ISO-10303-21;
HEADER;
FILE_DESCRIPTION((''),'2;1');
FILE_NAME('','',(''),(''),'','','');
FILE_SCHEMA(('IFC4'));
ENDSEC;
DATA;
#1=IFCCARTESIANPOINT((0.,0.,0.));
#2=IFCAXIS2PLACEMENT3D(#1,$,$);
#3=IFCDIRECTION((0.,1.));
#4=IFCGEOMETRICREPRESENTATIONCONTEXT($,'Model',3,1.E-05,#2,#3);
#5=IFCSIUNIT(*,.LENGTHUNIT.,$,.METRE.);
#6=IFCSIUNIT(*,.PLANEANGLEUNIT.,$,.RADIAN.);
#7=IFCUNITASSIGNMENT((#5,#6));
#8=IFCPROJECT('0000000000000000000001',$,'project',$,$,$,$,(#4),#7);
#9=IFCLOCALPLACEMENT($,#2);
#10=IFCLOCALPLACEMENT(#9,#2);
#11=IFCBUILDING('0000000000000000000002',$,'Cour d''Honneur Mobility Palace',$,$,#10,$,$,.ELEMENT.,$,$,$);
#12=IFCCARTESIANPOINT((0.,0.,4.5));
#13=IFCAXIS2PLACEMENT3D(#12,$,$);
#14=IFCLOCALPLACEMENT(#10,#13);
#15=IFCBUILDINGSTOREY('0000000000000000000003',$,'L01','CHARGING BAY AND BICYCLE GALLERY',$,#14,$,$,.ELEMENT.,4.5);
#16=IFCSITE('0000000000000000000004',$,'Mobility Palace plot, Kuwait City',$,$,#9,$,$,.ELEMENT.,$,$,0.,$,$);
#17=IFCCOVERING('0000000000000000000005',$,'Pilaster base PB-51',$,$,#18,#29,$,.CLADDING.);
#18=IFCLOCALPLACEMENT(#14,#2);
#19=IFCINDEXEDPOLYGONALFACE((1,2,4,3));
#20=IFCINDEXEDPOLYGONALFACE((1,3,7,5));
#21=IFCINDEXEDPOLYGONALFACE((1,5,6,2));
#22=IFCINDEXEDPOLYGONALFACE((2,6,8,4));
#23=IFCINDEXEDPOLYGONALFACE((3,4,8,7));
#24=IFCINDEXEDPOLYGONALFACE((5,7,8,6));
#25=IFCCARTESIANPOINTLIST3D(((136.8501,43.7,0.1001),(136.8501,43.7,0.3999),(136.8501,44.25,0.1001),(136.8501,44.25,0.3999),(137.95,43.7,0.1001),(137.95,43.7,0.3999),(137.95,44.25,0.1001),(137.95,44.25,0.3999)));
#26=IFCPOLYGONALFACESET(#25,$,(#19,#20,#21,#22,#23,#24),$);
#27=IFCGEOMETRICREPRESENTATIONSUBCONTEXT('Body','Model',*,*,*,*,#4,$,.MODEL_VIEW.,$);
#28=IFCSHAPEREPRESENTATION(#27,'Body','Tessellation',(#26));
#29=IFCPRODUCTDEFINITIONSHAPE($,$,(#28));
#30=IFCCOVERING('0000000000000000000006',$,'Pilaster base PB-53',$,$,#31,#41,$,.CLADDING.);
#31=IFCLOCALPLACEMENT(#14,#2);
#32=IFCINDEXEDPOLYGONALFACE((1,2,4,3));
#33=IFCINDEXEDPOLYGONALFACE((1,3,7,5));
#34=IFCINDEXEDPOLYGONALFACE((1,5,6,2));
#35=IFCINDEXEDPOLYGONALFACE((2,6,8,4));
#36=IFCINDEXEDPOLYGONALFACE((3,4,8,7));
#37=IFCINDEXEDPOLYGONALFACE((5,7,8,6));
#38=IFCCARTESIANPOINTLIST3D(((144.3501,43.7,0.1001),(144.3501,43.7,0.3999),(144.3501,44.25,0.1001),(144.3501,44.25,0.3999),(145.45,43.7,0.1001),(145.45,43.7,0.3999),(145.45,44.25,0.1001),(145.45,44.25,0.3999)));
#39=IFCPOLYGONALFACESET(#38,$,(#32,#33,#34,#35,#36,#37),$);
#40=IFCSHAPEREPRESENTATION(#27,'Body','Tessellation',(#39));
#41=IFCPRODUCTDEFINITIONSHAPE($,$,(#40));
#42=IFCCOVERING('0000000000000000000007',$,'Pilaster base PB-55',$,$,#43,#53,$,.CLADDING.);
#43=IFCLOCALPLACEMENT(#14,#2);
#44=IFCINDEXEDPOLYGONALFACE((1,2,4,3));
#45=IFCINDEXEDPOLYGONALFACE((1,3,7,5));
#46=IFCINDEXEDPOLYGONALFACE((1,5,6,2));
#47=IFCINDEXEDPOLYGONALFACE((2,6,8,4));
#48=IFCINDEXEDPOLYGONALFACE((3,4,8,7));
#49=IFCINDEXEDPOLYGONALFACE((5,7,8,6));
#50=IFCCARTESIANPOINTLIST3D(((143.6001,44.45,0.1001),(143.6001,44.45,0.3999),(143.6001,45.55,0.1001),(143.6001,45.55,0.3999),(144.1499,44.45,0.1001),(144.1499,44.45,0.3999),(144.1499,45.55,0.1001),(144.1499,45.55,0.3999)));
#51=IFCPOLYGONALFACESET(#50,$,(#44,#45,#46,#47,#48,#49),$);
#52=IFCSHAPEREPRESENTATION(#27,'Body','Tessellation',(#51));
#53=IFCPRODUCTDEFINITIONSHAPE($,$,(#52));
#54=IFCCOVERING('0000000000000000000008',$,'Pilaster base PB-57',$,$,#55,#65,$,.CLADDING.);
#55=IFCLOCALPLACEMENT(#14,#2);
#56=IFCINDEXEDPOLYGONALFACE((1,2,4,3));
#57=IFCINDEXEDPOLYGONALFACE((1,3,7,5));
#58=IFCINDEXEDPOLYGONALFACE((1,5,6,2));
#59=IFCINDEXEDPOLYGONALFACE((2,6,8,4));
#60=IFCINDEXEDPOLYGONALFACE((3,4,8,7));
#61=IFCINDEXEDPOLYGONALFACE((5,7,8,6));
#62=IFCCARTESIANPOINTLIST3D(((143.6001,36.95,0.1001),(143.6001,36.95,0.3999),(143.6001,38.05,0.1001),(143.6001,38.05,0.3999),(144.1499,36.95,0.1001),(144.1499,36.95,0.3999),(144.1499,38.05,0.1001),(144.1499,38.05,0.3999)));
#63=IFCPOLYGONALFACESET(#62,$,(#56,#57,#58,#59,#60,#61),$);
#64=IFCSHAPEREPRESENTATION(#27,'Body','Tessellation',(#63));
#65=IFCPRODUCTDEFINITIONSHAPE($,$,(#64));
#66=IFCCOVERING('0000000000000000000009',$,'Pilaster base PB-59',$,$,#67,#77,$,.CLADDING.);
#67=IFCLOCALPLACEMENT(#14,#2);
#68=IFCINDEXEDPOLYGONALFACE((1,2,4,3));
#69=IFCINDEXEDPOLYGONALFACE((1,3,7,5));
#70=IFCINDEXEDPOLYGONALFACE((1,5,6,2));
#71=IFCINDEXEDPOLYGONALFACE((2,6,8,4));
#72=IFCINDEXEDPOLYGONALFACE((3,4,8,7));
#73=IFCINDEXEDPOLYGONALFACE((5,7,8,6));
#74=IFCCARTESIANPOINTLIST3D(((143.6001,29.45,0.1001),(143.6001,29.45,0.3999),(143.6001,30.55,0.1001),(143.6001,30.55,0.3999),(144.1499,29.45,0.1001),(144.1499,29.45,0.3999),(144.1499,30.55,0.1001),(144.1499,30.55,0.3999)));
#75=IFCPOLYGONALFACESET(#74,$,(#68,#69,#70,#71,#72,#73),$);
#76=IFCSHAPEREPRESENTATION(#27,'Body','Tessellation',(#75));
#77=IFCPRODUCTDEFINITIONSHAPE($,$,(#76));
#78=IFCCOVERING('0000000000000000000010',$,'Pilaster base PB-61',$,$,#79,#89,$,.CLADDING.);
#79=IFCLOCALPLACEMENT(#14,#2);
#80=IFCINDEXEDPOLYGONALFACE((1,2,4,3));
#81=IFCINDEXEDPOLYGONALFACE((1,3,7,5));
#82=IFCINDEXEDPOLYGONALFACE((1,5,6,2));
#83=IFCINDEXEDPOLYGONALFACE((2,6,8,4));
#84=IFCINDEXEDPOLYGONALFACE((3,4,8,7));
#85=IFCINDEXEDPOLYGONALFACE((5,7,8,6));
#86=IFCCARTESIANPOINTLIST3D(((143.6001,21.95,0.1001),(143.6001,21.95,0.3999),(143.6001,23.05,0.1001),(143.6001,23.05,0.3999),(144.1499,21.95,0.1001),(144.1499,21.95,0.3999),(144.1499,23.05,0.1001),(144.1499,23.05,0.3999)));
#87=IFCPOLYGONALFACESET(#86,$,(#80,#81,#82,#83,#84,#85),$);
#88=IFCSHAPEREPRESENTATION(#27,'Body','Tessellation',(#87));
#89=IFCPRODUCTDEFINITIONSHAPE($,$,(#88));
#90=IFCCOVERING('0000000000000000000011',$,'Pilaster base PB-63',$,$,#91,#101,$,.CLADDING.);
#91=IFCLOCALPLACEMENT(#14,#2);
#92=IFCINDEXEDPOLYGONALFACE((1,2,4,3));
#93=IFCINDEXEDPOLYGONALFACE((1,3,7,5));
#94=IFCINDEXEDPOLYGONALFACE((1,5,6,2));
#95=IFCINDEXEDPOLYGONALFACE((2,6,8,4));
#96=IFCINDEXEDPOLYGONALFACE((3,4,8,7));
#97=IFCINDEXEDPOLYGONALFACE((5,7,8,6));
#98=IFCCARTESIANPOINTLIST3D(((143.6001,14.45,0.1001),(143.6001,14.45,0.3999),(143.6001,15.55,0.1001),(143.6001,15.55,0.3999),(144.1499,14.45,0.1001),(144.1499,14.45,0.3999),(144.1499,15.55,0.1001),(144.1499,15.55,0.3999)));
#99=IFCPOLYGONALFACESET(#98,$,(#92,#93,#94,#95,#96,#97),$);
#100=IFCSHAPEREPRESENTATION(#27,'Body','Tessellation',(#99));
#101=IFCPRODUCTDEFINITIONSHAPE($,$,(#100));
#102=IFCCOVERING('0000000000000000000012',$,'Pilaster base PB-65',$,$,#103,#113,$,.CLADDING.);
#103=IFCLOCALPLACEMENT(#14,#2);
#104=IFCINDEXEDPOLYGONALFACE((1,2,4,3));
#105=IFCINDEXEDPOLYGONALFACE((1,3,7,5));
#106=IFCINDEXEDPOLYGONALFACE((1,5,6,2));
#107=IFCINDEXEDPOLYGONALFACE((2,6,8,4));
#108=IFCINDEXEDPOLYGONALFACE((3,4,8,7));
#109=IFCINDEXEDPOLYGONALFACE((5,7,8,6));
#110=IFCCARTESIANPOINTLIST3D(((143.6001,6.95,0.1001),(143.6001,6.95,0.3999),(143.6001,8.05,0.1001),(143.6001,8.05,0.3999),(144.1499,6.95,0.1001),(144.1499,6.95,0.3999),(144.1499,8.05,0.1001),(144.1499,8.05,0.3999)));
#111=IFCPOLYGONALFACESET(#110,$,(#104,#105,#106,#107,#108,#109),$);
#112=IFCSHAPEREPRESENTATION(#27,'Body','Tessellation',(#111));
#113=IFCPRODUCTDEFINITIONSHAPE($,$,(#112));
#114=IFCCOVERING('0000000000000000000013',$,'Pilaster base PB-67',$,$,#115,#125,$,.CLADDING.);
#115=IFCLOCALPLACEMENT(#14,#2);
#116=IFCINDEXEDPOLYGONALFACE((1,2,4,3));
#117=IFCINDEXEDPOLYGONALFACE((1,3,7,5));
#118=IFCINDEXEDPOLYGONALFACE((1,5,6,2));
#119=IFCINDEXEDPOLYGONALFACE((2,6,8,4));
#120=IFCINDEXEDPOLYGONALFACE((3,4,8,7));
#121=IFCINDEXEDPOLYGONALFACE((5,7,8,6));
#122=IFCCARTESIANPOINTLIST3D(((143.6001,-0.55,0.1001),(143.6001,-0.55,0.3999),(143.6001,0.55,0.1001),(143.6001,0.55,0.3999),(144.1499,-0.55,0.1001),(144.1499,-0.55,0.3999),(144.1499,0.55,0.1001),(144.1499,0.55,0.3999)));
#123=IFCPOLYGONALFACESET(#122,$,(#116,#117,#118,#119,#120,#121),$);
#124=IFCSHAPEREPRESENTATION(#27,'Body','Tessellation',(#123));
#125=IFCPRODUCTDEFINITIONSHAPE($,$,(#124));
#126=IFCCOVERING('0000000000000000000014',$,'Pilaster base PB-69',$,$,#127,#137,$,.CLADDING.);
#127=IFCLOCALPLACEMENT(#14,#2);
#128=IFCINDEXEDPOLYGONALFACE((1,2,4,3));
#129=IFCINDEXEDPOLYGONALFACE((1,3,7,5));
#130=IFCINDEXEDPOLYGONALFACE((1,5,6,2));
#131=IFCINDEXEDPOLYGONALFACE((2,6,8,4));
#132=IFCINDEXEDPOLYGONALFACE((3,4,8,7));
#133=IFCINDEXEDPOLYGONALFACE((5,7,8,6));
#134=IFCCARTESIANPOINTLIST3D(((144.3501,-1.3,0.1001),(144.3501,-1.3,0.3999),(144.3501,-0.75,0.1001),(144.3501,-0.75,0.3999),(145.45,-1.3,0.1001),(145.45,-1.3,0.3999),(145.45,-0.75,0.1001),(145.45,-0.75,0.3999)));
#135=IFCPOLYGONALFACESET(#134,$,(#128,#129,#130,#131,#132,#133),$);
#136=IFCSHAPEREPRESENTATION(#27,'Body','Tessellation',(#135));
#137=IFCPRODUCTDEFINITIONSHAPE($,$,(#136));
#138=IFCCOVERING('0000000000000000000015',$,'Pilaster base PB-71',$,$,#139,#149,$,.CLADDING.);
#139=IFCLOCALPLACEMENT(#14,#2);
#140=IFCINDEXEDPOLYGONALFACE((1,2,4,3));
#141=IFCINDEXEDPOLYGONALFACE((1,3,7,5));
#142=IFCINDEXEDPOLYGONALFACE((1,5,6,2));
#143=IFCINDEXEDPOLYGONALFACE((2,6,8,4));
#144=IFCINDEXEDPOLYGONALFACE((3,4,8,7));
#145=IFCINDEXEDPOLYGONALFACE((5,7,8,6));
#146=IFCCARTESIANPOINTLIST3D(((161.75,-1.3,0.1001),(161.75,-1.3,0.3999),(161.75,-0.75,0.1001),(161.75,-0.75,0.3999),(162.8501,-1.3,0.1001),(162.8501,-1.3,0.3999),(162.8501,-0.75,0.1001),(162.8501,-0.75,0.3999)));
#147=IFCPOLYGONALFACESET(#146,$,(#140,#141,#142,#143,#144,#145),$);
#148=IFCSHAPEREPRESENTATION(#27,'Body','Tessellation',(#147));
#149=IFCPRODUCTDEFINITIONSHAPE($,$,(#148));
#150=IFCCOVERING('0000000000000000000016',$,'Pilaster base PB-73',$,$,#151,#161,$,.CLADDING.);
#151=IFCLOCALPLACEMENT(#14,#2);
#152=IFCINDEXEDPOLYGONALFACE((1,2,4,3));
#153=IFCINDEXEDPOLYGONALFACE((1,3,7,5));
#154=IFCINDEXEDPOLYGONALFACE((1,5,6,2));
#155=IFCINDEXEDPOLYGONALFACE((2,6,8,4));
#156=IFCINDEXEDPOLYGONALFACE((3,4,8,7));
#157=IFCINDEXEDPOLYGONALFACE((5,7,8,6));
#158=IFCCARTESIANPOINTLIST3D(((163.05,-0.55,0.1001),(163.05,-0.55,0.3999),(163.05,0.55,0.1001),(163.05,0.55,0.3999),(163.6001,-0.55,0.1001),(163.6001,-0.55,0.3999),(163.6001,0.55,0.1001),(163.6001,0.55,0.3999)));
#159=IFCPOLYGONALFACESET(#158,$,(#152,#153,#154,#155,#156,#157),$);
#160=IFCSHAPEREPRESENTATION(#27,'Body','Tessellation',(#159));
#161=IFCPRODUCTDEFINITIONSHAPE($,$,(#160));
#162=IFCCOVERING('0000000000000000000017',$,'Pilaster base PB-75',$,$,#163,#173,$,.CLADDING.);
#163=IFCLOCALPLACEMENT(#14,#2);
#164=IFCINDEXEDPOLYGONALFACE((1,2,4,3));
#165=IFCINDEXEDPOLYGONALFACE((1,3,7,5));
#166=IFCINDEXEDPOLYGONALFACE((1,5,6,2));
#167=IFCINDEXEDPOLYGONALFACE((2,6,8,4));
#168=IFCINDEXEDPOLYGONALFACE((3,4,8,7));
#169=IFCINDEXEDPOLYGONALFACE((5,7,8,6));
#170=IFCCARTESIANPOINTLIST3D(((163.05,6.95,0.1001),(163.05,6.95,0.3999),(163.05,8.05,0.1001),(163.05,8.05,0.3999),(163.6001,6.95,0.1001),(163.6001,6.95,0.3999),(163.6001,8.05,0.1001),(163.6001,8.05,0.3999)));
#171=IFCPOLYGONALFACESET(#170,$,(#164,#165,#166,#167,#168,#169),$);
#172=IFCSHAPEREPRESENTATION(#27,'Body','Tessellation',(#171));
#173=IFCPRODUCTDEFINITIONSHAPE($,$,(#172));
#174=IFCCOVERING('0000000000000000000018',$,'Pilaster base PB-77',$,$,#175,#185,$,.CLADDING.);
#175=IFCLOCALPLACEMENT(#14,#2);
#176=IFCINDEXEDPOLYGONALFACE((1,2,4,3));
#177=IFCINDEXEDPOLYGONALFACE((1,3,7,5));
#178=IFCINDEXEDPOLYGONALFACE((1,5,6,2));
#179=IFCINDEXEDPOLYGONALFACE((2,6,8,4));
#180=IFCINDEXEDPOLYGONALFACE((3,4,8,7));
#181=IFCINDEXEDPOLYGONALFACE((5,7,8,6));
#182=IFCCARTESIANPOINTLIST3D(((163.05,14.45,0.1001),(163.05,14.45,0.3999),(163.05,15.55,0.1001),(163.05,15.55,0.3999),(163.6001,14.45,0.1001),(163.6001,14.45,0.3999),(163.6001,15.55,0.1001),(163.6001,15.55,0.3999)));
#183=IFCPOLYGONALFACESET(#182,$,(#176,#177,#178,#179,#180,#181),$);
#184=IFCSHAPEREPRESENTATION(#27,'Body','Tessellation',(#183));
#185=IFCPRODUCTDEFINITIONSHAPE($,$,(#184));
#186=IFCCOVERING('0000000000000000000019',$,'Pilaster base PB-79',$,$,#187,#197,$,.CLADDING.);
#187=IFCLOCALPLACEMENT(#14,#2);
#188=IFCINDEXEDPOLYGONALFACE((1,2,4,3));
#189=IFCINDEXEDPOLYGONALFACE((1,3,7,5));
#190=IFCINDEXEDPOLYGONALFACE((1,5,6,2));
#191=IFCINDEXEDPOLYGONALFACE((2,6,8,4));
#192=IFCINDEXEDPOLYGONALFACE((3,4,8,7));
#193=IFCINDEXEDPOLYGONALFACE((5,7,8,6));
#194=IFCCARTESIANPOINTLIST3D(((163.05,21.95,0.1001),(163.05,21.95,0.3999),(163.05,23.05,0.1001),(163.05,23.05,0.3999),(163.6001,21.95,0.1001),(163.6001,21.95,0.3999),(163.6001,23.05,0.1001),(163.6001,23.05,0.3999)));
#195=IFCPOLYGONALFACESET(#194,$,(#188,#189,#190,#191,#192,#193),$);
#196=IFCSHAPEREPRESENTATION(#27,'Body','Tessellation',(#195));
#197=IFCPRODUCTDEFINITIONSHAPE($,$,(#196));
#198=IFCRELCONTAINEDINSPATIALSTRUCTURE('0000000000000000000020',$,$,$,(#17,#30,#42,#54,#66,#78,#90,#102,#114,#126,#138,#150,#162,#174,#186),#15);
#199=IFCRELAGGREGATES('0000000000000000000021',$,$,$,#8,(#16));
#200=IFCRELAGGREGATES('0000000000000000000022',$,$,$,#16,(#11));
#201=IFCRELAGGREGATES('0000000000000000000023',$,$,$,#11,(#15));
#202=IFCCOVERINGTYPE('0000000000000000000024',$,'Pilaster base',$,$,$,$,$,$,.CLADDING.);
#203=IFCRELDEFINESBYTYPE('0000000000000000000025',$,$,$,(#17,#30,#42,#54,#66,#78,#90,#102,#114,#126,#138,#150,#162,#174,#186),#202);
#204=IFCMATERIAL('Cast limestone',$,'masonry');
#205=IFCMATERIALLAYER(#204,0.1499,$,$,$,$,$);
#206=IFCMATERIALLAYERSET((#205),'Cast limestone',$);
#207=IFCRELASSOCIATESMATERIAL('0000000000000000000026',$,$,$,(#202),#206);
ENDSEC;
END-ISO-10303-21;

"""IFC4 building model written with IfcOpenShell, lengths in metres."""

from ifc_helpers import new_model, si_unit, direction, frame, origin, place, context, subcontext, project, spatial, polyline, outline, extrude, material, layer, layer_set, type_object, element, save


model = new_model("IFC4")

# Units and contexts
model_context = context("Model", 3, precision=1e-05, world=origin(), true_north=direction((0.0, 1.0)))
body_context = subcontext(model_context, "Body", "Model", "MODEL_VIEW")
ifc_project = project(units=[si_unit("LENGTHUNIT", "METRE"), si_unit("PLANEANGLEUNIT", "RADIAN")], contexts=[model_context])

# Site, building, storey
site_placement = place(None, origin())
site = spatial("IfcSite", under=ifc_project, at=site_placement, Name="Mobility Palace plot, Kuwait City", CompositionType="ELEMENT", RefElevation=0.0)
building_placement = place(site_placement, origin())
building = spatial("IfcBuilding", under=site, at=building_placement, Name="Cour d'Honneur Mobility Palace", CompositionType="ELEMENT")
storey_placement = place(building_placement, frame((0.0, 0.0, 4.5)))
storey = spatial("IfcBuildingStorey", under=building, at=storey_placement, Name="L01", Description="CHARGING BAY AND BICYCLE GALLERY", CompositionType="ELEMENT", Elevation=4.5)

# Coverings
ifc_material = material(Name="Cast limestone", Category="masonry")
ifc_layer = layer(ifc_material, 0.1499)
ifc_layer_set = layer_set([ifc_layer], Name="Cast limestone")
covering_type = type_object("IfcCoveringType", Name="Pilaster base", PredefinedType="CLADDING", material=ifc_layer_set)
covering_1_placement = place(storey_placement, frame((0.0, 0.0, 0.1001)))
element("IfcCovering", 1, at=covering_1_placement, inside=storey, type_object=covering_type, Name="Pilaster base PB-51", PredefinedType="CLADDING", context=body_context, shape_type="SweptSolid", body=[
    extrude(outline(polyline([(136.8501, 44.25), (137.95, 44.25), (137.95, 43.7), (136.8501, 43.7), (136.8501, 44.25)])), origin(), (0.0, 0.0, 1.0), 0.2998),
])
covering_2_placement = place(storey_placement, frame((0.0, 0.0, 0.1001)))
element("IfcCovering", 2, at=covering_2_placement, inside=storey, type_object=covering_type, Name="Pilaster base PB-53", PredefinedType="CLADDING", context=body_context, shape_type="SweptSolid", body=[
    extrude(outline(polyline([(144.3501, 44.25), (145.45, 44.25), (145.45, 43.7), (144.3501, 43.7), (144.3501, 44.25)])), origin(), (0.0, 0.0, 1.0), 0.2998),
])
covering_3_placement = place(storey_placement, frame((0.0, 0.0, 0.1001)))
element("IfcCovering", 3, at=covering_3_placement, inside=storey, type_object=covering_type, Name="Pilaster base PB-55", PredefinedType="CLADDING", context=body_context, shape_type="SweptSolid", body=[
    extrude(outline(polyline([(144.1499, 45.55), (144.1499, 44.45), (143.6001, 44.45), (143.6001, 45.55), (144.1499, 45.55)])), origin(), (0.0, 0.0, 1.0), 0.2998),
])
covering_4_placement = place(storey_placement, frame((0.0, 0.0, 0.1001)))
element("IfcCovering", 4, at=covering_4_placement, inside=storey, type_object=covering_type, Name="Pilaster base PB-57", PredefinedType="CLADDING", context=body_context, shape_type="SweptSolid", body=[
    extrude(outline(polyline([(144.1499, 38.05), (144.1499, 36.95), (143.6001, 36.95), (143.6001, 38.05), (144.1499, 38.05)])), origin(), (0.0, 0.0, 1.0), 0.2998),
])
covering_5_placement = place(storey_placement, frame((0.0, 0.0, 0.1001)))
element("IfcCovering", 5, at=covering_5_placement, inside=storey, type_object=covering_type, Name="Pilaster base PB-59", PredefinedType="CLADDING", context=body_context, shape_type="SweptSolid", body=[
    extrude(outline(polyline([(144.1499, 30.55), (144.1499, 29.45), (143.6001, 29.45), (143.6001, 30.55), (144.1499, 30.55)])), origin(), (0.0, 0.0, 1.0), 0.2998),
])
covering_6_placement = place(storey_placement, frame((0.0, 0.0, 0.1001)))
element("IfcCovering", 6, at=covering_6_placement, inside=storey, type_object=covering_type, Name="Pilaster base PB-61", PredefinedType="CLADDING", context=body_context, shape_type="SweptSolid", body=[
    extrude(outline(polyline([(144.1499, 23.05), (144.1499, 21.95), (143.6001, 21.95), (143.6001, 23.05), (144.1499, 23.05)])), origin(), (0.0, 0.0, 1.0), 0.2998),
])
covering_7_placement = place(storey_placement, frame((0.0, 0.0, 0.1001)))
element("IfcCovering", 7, at=covering_7_placement, inside=storey, type_object=covering_type, Name="Pilaster base PB-63", PredefinedType="CLADDING", context=body_context, shape_type="SweptSolid", body=[
    extrude(outline(polyline([(144.1499, 15.55), (144.1499, 14.45), (143.6001, 14.45), (143.6001, 15.55), (144.1499, 15.55)])), origin(), (0.0, 0.0, 1.0), 0.2998),
])
covering_8_placement = place(storey_placement, frame((0.0, 0.0, 0.1001)))
element("IfcCovering", 8, at=covering_8_placement, inside=storey, type_object=covering_type, Name="Pilaster base PB-65", PredefinedType="CLADDING", context=body_context, shape_type="SweptSolid", body=[
    extrude(outline(polyline([(144.1499, 8.05), (144.1499, 6.95), (143.6001, 6.95), (143.6001, 8.05), (144.1499, 8.05)])), origin(), (0.0, 0.0, 1.0), 0.2998),
])
covering_9_placement = place(storey_placement, frame((0.0, 0.0, 0.1001)))
element("IfcCovering", 9, at=covering_9_placement, inside=storey, type_object=covering_type, Name="Pilaster base PB-67", PredefinedType="CLADDING", context=body_context, shape_type="SweptSolid", body=[
    extrude(outline(polyline([(144.1499, 0.55), (144.1499, -0.55), (143.6001, -0.55), (143.6001, 0.55), (144.1499, 0.55)])), origin(), (0.0, 0.0, 1.0), 0.2998),
])
covering_10_placement = place(storey_placement, frame((0.0, 0.0, 0.1001)))
element("IfcCovering", 10, at=covering_10_placement, inside=storey, type_object=covering_type, Name="Pilaster base PB-69", PredefinedType="CLADDING", context=body_context, shape_type="SweptSolid", body=[
    extrude(outline(polyline([(144.3501, -0.75), (145.45, -0.75), (145.45, -1.3), (144.3501, -1.3), (144.3501, -0.75)])), origin(), (0.0, 0.0, 1.0), 0.2998),
])
covering_11_placement = place(storey_placement, frame((0.0, 0.0, 0.1001)))
element("IfcCovering", 11, at=covering_11_placement, inside=storey, type_object=covering_type, Name="Pilaster base PB-71", PredefinedType="CLADDING", context=body_context, shape_type="SweptSolid", body=[
    extrude(outline(polyline([(161.75, -0.75), (162.8501, -0.75), (162.8501, -1.3), (161.75, -1.3), (161.75, -0.75)])), origin(), (0.0, 0.0, 1.0), 0.2998),
])
covering_12_placement = place(storey_placement, frame((0.0, 0.0, 0.1001)))
element("IfcCovering", 12, at=covering_12_placement, inside=storey, type_object=covering_type, Name="Pilaster base PB-73", PredefinedType="CLADDING", context=body_context, shape_type="SweptSolid", body=[
    extrude(outline(polyline([(163.05, -0.55), (163.05, 0.55), (163.6001, 0.55), (163.6001, -0.55), (163.05, -0.55)])), origin(), (0.0, 0.0, 1.0), 0.2998),
])
covering_13_placement = place(storey_placement, frame((0.0, 0.0, 0.1001)))
element("IfcCovering", 13, at=covering_13_placement, inside=storey, type_object=covering_type, Name="Pilaster base PB-75", PredefinedType="CLADDING", context=body_context, shape_type="SweptSolid", body=[
    extrude(outline(polyline([(163.05, 6.95), (163.05, 8.05), (163.6001, 8.05), (163.6001, 6.95), (163.05, 6.95)])), origin(), (0.0, 0.0, 1.0), 0.2998),
])
covering_14_placement = place(storey_placement, frame((0.0, 0.0, 0.1001)))
element("IfcCovering", 14, at=covering_14_placement, inside=storey, type_object=covering_type, Name="Pilaster base PB-77", PredefinedType="CLADDING", context=body_context, shape_type="SweptSolid", body=[
    extrude(outline(polyline([(163.05, 14.45), (163.05, 15.55), (163.6001, 15.55), (163.6001, 14.45), (163.05, 14.45)])), origin(), (0.0, 0.0, 1.0), 0.2998),
])
covering_15_placement = place(storey_placement, frame((0.0, 0.0, 0.1001)))
element("IfcCovering", 15, at=covering_15_placement, inside=storey, type_object=covering_type, Name="Pilaster base PB-79", PredefinedType="CLADDING", context=body_context, shape_type="SweptSolid", body=[
    extrude(outline(polyline([(163.05, 21.95), (163.05, 23.05), (163.6001, 23.05), (163.6001, 21.95), (163.05, 21.95)])), origin(), (0.0, 0.0, 1.0), 0.2998),
])

save(model, "model.ifc")
